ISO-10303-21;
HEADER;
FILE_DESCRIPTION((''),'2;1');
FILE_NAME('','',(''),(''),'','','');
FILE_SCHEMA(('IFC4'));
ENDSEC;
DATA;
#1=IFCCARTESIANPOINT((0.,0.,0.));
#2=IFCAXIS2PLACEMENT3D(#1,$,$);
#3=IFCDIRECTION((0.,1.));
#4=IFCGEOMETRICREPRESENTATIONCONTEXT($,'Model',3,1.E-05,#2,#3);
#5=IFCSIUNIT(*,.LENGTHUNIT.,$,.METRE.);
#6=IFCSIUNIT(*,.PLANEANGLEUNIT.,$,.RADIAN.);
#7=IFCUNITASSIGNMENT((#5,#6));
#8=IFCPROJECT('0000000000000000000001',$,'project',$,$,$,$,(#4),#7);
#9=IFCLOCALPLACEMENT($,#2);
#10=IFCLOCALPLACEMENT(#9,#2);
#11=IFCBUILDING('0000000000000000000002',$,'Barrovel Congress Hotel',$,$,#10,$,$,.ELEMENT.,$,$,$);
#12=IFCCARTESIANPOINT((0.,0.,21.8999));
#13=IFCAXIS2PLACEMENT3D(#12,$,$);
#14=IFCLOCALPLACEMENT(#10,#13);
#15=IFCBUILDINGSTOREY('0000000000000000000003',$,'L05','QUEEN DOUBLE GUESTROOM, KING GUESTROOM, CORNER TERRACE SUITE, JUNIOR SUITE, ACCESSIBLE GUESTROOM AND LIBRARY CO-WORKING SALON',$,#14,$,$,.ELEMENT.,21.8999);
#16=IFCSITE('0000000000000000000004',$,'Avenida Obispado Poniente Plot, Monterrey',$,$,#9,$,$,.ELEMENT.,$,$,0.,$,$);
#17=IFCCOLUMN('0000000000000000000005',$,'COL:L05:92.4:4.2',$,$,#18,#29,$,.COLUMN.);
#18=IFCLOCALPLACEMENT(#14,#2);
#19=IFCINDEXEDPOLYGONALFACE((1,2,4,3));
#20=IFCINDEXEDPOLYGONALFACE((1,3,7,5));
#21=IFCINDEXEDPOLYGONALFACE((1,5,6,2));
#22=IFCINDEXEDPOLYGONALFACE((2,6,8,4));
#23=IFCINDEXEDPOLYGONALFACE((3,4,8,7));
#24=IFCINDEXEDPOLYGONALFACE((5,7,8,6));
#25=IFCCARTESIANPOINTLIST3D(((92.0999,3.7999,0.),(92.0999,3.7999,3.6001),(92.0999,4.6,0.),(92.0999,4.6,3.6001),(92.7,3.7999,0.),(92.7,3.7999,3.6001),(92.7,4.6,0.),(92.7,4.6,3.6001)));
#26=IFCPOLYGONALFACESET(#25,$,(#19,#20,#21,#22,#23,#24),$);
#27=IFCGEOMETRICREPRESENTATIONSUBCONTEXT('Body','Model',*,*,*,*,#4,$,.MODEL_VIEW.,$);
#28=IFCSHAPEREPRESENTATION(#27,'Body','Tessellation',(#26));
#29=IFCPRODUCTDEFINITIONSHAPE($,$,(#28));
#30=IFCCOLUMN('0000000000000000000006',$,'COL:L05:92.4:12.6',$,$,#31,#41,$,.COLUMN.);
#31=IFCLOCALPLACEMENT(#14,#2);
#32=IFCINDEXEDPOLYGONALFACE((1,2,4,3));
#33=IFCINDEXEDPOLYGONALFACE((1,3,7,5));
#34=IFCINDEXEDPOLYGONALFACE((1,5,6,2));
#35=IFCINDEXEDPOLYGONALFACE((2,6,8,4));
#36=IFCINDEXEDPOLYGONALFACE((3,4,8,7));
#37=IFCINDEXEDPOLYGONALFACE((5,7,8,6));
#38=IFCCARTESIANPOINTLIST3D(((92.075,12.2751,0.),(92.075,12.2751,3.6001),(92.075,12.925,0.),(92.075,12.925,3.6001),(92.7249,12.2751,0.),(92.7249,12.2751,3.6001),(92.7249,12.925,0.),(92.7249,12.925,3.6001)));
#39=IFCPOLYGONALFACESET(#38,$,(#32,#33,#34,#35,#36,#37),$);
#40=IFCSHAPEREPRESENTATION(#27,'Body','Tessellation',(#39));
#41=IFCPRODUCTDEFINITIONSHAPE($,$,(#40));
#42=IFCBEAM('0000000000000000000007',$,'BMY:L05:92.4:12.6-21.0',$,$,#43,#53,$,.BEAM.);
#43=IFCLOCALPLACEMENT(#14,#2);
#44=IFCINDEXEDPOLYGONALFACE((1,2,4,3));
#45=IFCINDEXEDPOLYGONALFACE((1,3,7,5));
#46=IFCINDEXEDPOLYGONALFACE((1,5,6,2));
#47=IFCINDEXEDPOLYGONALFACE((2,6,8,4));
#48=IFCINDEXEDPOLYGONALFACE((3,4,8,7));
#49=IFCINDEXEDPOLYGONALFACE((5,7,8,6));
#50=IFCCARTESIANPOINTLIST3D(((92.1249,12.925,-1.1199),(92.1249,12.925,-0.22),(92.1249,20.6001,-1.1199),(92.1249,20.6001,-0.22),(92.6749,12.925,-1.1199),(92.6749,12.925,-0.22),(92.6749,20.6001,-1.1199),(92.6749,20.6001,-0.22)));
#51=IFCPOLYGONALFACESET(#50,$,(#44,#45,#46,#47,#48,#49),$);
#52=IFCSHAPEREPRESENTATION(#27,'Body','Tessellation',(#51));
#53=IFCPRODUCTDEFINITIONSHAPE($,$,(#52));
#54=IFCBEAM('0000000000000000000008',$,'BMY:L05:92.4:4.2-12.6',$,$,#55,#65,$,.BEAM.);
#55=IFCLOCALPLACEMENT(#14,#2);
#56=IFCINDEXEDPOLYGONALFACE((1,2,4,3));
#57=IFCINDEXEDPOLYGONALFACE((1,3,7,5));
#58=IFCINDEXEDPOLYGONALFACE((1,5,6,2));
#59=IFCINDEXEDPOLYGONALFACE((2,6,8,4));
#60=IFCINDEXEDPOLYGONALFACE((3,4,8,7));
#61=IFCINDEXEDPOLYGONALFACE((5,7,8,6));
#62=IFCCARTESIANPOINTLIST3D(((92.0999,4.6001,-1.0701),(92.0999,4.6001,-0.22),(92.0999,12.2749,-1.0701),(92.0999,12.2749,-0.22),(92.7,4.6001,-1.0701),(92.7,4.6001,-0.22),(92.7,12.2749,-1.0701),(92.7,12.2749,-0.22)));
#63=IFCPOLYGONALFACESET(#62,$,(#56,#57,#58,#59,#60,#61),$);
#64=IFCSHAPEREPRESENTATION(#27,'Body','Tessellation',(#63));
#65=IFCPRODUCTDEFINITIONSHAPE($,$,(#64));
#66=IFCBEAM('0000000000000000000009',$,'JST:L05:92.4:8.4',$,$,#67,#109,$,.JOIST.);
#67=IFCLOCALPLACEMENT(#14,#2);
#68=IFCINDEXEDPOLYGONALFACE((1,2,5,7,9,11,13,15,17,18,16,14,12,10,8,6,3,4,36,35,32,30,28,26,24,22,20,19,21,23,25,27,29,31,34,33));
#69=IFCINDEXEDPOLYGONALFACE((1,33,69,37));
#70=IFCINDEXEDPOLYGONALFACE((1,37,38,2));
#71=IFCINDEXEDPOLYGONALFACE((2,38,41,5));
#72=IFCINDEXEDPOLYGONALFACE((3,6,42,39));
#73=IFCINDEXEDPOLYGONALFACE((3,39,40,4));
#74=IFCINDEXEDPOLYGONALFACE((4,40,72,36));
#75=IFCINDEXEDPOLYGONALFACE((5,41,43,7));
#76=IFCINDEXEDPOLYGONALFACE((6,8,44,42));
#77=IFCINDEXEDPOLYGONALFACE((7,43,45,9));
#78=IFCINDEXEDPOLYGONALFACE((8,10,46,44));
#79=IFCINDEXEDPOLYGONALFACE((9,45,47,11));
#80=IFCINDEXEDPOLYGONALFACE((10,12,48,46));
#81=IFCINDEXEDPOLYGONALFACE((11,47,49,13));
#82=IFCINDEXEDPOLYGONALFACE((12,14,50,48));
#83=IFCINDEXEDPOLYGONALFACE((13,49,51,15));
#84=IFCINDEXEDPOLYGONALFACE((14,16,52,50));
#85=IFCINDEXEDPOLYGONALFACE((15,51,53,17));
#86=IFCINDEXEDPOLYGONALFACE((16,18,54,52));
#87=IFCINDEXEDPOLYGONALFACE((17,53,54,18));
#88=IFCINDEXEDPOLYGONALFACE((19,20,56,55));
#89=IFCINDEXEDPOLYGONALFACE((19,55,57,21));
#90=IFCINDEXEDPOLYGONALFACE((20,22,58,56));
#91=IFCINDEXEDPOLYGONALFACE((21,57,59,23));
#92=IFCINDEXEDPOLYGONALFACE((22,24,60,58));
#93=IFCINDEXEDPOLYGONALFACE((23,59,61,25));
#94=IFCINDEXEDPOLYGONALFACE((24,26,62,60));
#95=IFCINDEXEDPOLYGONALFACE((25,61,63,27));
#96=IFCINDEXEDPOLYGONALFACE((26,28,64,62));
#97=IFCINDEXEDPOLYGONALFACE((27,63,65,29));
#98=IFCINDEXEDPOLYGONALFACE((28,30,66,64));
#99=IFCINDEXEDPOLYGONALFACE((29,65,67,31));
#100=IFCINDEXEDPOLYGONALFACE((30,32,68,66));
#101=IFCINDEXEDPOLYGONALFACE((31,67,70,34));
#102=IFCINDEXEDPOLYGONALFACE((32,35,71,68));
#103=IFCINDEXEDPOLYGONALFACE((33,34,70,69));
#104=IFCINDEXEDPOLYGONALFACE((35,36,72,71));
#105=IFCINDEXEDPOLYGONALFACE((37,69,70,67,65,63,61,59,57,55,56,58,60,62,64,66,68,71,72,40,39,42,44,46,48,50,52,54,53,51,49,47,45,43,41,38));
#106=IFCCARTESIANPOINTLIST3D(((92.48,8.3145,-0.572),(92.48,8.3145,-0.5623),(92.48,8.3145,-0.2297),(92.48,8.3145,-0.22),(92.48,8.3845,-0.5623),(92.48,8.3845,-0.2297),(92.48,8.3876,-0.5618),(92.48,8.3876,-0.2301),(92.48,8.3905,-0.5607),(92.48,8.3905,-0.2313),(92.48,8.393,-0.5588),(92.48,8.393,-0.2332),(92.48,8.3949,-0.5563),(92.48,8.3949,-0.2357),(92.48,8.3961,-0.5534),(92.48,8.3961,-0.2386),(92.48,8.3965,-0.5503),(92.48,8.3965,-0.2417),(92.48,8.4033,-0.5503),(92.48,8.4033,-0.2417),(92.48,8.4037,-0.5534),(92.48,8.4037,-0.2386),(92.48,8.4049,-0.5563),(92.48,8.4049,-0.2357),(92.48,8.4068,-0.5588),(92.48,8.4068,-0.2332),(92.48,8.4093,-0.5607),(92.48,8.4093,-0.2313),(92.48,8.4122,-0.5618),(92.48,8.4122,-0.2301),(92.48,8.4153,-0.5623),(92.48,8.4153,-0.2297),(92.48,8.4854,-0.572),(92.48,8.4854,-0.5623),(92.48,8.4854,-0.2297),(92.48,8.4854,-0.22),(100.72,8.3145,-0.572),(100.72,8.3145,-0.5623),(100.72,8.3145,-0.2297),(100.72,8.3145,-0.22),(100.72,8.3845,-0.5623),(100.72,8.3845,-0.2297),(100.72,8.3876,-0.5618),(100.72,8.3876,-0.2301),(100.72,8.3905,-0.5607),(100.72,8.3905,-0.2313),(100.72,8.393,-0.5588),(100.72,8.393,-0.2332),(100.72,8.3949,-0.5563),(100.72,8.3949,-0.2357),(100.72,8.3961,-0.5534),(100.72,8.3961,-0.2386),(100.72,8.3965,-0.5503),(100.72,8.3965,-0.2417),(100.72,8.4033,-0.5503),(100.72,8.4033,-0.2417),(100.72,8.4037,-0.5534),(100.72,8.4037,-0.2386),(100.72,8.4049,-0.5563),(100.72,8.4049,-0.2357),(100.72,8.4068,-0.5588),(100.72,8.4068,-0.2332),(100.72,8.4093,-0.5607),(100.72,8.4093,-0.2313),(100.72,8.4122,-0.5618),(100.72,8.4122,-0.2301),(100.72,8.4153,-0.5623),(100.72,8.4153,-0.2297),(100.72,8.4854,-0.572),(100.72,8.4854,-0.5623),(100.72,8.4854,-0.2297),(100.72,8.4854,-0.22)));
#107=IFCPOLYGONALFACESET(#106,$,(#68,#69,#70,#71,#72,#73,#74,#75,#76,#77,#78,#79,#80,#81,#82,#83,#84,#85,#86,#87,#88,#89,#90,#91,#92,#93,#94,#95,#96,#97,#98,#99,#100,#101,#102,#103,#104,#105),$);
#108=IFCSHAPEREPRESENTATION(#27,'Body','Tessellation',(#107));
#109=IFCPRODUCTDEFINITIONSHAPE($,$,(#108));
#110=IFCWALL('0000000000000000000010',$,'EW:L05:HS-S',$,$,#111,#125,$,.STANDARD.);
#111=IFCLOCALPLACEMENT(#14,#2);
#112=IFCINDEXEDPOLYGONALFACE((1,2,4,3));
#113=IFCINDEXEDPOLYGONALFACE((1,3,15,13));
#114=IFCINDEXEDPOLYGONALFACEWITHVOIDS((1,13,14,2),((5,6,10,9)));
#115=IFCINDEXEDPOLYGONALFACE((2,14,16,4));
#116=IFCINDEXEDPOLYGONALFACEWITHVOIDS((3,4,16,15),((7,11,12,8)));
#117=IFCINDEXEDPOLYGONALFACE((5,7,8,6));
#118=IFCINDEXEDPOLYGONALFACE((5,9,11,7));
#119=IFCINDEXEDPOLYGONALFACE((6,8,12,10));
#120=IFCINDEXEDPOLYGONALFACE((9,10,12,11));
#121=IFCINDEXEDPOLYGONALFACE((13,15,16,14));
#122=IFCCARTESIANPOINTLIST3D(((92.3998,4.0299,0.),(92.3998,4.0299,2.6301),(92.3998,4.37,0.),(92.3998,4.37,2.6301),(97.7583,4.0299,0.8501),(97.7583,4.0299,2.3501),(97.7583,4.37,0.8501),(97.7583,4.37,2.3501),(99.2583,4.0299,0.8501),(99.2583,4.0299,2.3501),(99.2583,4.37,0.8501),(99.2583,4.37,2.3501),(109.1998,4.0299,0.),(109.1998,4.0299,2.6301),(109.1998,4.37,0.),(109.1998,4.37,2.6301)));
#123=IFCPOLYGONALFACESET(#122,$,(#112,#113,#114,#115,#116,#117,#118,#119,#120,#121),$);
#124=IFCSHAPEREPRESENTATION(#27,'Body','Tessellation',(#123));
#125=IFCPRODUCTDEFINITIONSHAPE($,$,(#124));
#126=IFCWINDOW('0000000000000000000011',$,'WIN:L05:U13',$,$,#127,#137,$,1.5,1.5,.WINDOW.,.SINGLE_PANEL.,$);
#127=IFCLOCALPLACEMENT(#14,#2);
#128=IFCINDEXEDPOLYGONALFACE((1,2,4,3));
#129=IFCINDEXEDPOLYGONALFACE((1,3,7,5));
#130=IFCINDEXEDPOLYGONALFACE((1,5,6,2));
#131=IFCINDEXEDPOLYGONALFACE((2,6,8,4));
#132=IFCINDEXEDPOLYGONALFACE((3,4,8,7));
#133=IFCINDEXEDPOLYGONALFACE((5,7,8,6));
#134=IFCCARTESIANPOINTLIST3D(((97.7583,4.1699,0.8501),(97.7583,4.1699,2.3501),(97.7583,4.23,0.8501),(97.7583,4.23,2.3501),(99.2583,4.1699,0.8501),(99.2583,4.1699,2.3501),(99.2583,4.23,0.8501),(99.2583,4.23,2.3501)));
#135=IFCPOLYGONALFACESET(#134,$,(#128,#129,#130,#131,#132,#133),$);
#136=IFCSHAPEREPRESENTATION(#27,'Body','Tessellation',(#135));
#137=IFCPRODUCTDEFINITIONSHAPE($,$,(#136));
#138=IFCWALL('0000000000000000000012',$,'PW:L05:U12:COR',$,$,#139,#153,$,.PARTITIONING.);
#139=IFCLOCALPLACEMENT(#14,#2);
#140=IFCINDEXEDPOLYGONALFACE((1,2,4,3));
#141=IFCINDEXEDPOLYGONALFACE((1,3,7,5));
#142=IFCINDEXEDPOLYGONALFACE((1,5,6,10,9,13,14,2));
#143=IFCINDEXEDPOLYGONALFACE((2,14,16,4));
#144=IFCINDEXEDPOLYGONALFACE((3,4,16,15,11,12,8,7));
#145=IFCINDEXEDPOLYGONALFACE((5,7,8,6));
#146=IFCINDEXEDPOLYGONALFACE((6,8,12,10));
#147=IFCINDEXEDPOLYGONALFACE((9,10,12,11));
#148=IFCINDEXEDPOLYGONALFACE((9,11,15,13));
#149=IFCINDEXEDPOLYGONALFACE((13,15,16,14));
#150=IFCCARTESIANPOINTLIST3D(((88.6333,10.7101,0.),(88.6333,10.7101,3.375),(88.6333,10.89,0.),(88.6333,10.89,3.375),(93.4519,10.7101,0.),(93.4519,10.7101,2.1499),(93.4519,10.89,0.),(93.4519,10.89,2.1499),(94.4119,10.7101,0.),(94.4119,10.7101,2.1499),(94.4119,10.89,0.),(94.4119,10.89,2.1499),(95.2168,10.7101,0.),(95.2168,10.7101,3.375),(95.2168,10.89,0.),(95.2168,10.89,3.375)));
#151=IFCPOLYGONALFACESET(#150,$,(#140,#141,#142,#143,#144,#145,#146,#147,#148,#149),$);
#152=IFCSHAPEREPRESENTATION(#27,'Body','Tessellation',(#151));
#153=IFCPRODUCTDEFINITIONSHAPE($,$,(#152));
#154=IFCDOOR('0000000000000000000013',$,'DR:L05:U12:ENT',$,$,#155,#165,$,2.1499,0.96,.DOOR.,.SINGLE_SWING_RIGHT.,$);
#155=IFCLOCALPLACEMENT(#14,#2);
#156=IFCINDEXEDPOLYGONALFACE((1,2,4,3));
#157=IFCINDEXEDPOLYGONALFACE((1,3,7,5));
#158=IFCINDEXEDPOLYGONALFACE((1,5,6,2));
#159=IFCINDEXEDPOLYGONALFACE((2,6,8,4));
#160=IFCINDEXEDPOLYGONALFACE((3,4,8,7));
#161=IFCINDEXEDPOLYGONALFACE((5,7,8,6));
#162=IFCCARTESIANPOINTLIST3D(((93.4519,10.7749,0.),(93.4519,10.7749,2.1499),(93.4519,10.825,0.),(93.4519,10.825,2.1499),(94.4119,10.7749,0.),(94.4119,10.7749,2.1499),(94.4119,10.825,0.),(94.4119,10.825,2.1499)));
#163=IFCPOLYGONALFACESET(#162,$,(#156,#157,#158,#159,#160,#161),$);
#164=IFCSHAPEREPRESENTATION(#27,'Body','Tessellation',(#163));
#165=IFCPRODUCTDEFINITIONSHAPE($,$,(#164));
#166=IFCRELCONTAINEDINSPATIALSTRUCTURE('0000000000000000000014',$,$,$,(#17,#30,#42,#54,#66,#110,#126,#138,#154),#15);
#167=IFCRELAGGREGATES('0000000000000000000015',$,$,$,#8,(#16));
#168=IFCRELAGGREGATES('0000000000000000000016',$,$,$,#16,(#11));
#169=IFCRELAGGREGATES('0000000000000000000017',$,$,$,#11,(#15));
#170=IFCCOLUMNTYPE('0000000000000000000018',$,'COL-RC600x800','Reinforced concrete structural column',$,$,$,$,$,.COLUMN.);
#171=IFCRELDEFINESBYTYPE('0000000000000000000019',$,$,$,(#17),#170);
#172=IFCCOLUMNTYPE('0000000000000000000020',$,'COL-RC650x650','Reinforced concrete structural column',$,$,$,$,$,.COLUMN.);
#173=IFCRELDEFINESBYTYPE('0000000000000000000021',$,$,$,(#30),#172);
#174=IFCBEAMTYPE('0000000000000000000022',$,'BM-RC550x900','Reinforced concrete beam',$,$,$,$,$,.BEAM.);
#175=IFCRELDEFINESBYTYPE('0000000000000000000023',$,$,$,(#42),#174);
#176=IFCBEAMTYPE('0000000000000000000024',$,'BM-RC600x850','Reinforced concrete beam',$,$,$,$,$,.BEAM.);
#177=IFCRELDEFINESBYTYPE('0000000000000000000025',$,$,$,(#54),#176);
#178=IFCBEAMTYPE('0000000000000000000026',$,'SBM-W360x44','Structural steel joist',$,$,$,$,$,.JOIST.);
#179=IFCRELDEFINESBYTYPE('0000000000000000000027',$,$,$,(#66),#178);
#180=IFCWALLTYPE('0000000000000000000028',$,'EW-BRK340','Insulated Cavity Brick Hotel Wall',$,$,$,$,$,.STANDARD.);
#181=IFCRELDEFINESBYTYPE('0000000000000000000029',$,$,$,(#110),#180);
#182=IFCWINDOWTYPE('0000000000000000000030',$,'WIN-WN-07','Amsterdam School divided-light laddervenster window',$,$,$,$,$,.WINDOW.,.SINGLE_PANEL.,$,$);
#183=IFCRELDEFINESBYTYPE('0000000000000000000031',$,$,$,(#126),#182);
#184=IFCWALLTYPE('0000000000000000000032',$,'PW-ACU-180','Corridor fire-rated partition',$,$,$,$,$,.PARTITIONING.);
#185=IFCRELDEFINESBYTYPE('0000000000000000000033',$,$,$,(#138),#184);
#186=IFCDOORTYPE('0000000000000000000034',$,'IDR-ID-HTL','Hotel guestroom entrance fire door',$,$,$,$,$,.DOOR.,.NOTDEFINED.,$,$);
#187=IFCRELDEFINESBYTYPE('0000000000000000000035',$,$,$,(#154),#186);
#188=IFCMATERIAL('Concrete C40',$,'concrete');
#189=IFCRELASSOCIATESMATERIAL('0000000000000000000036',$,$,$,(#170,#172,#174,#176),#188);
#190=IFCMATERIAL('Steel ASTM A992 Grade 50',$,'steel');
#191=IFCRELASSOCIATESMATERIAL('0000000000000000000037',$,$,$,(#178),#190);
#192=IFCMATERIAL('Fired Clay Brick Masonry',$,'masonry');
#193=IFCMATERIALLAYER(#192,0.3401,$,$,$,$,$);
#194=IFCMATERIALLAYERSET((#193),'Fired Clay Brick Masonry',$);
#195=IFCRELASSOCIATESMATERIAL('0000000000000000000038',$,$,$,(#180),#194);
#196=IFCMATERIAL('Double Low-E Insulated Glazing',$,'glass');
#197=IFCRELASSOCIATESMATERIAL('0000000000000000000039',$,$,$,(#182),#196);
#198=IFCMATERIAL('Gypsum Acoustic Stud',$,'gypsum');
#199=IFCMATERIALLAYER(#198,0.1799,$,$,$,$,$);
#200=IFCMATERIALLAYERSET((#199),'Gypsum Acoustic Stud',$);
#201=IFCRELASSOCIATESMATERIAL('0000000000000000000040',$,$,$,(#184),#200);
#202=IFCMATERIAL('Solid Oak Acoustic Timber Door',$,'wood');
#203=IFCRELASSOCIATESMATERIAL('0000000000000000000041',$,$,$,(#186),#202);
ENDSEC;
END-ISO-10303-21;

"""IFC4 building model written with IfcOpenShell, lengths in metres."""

from ifc_helpers import new_model, si_unit, direction, frame, frame_2d, origin, origin_2d, place, context, subcontext, project, spatial, rectangle, i_section, extrude, material, layer, layer_set, material_profile, profile_set, type_object, element, fill, save


model = new_model("IFC4")

# Units and contexts
model_context = context("Model", 3, precision=1e-05, world=origin(), true_north=direction((0.0, 1.0)))
body_context = subcontext(model_context, "Body", "Model", "MODEL_VIEW")
ifc_project = project(units=[si_unit("LENGTHUNIT", "METRE"), si_unit("PLANEANGLEUNIT", "RADIAN")], contexts=[model_context])

# Site, building, storey
site_placement = place(None, origin())
site = spatial("IfcSite", under=ifc_project, at=site_placement, Name="Avenida Obispado Poniente Plot, Monterrey", CompositionType="ELEMENT", RefElevation=0.0)
building_placement = place(site_placement, origin())
building = spatial("IfcBuilding", under=site, at=building_placement, Name="Barrovel Congress Hotel", CompositionType="ELEMENT")
storey_placement = place(building_placement, frame((0.0, 0.0, 21.8999)))
storey = spatial("IfcBuildingStorey", under=building, at=storey_placement, Name="L05", Description="QUEEN DOUBLE GUESTROOM, KING GUESTROOM, CORNER TERRACE SUITE, JUNIOR SUITE, ACCESSIBLE GUESTROOM AND LIBRARY CO-WORKING SALON", CompositionType="ELEMENT", Elevation=21.8999)

# Columns
ifc_material_1 = material(Name="Concrete C40", Category="concrete")
ifc_material_profile_1 = material_profile(ifc_material_1, rectangle(XDim=0.6001, YDim=0.8, at=origin_2d()), Name="RC600x800")
ifc_profile_set_1 = profile_set([ifc_material_profile_1], Name="Concrete C40")
column_type_1 = type_object("IfcColumnType", Name="COL-RC600x800", Description="Reinforced concrete structural column", PredefinedType="COLUMN", material=ifc_profile_set_1)
column_1_placement = place(storey_placement, frame((92.3999, 4.2, 0.0), z_axis=(0.0, 0.0, 1.0), x_axis=(1.0, 0.0, 0.0)))
element("IfcColumn", 1, at=column_1_placement, inside=storey, type_object=column_type_1, Name="COL:L05:92.4:4.2", PredefinedType="COLUMN", context=body_context, shape_type="SweptSolid", body=[
    extrude(rectangle(XDim=0.6001, YDim=0.8, at=origin_2d()), origin(), (0.0, 0.0, 1.0), 3.6001),
])
ifc_material_profile_2 = material_profile(ifc_material_1, rectangle(XDim=0.6499, YDim=0.6499, at=origin_2d()), Name="RC650x650")
ifc_profile_set_2 = profile_set([ifc_material_profile_2], Name="Concrete C40")
column_type_2 = type_object("IfcColumnType", Name="COL-RC650x650", Description="Reinforced concrete structural column", PredefinedType="COLUMN", material=ifc_profile_set_2)
column_2_placement = place(storey_placement, frame((92.3999, 12.6001, 0.0), z_axis=(0.0, 0.0, 1.0), x_axis=(1.0, 0.0, 0.0)))
element("IfcColumn", 2, at=column_2_placement, inside=storey, type_object=column_type_2, Name="COL:L05:92.4:12.6", PredefinedType="COLUMN", context=body_context, shape_type="SweptSolid", body=[
    extrude(rectangle(XDim=0.6499, YDim=0.6499, at=origin_2d()), origin(), (0.0, 0.0, 1.0), 3.6001),
])

# Beams
ifc_material_profile_3 = material_profile(ifc_material_1, rectangle(XDim=0.55, YDim=0.8999, at=origin_2d()), Name="RC550x900")
ifc_profile_set_3 = profile_set([ifc_material_profile_3], Name="Concrete C40")
beam_type_1 = type_object("IfcBeamType", Name="BM-RC550x900", Description="Reinforced concrete beam", PredefinedType="BEAM", material=ifc_profile_set_3)
beam_1_placement = place(storey_placement, frame((92.3999, 12.925, -0.6699), z_axis=(0.0, 1.0, 0.0), x_axis=(-1.0, 0.0, 0.0)))
element("IfcBeam", 3, at=beam_1_placement, inside=storey, type_object=beam_type_1, Name="BMY:L05:92.4:12.6-21.0", PredefinedType="BEAM", context=body_context, shape_type="SweptSolid", body=[
    extrude(rectangle(XDim=0.55, YDim=0.8999, at=origin_2d()), origin(), (0.0, 0.0, 1.0), 7.675),
])
ifc_material_profile_4 = material_profile(ifc_material_1, rectangle(XDim=0.6001, YDim=0.8501, at=origin_2d()), Name="RC600x850")
ifc_profile_set_4 = profile_set([ifc_material_profile_4], Name="Concrete C40")
beam_type_2 = type_object("IfcBeamType", Name="BM-RC600x850", Description="Reinforced concrete beam", PredefinedType="BEAM", material=ifc_profile_set_4)
beam_2_placement = place(storey_placement, frame((92.3999, 4.6001, -0.645), z_axis=(0.0, 1.0, 0.0), x_axis=(-1.0, 0.0, 0.0)))
element("IfcBeam", 4, at=beam_2_placement, inside=storey, type_object=beam_type_2, Name="BMY:L05:92.4:4.2-12.6", PredefinedType="BEAM", context=body_context, shape_type="SweptSolid", body=[
    extrude(rectangle(XDim=0.6001, YDim=0.8501, at=origin_2d()), origin(), (0.0, 0.0, 1.0), 7.6748),
])
ifc_material_2 = material(Name="Steel ASTM A992 Grade 50", Category="steel")
ifc_material_profile_5 = material_profile(ifc_material_2, i_section(OverallWidth=0.1709, OverallDepth=0.3521, WebThickness=0.0068, FlangeThickness=0.0098, FilletRadius=0.012, at=origin_2d()), Name="W360x44")
ifc_profile_set_5 = profile_set([ifc_material_profile_5], Name="Steel ASTM A992 Grade 50")
beam_type_3 = type_object("IfcBeamType", Name="SBM-W360x44", Description="Structural steel joist", PredefinedType="JOIST", material=ifc_profile_set_5)
beam_3_placement = place(storey_placement, frame((92.48, 8.3999, -0.396), z_axis=(1.0, 0.0, 0.0), x_axis=(0.0, 1.0, 0.0)))
element("IfcBeam", 5, at=beam_3_placement, inside=storey, type_object=beam_type_3, Name="JST:L05:92.4:8.4", PredefinedType="JOIST", context=body_context, shape_type="SweptSolid", body=[
    extrude(i_section(OverallWidth=0.1709, OverallDepth=0.3521, WebThickness=0.0068, FlangeThickness=0.0098, FilletRadius=0.012, at=origin_2d()), origin(), (0.0, 0.0, 1.0), 8.24),
])

# Wall, opening, window
ifc_material_3 = material(Name="Fired Clay Brick Masonry", Category="masonry")
ifc_layer_1 = layer(ifc_material_3, 0.3401)
ifc_layer_set_1 = layer_set([ifc_layer_1], Name="Fired Clay Brick Masonry")
wall_type_1 = type_object("IfcWallType", Name="EW-BRK340", Description="Insulated Cavity Brick Hotel Wall", PredefinedType="STANDARD", material=ifc_layer_set_1)
wall_1_placement = place(storey_placement, frame((92.3999, 4.2, 0.0), z_axis=(0.0, 0.0, 1.0), x_axis=(1.0, 0.0, 0.0)))
wall_1 = element("IfcWall", 6, at=wall_1_placement, inside=storey, type_object=wall_type_1, Name="EW:L05:HS-S", PredefinedType="STANDARD", context=body_context, shape_type="SweptSolid", body=[
    extrude(rectangle(XDim=16.8, YDim=0.3401, at=frame_2d((8.3999, 0.0))), origin(), (0.0, 0.0, 1.0), 2.6301),
])
opening_1_placement = place(wall_1_placement, frame((5.3584, 0.0, 0.8501)))
opening_1 = element("IfcOpeningElement", 7, at=opening_1_placement, cuts=wall_1, PredefinedType="OPENING", context=body_context, shape_type="SweptSolid", body=[
    extrude(rectangle(XDim=1.5, YDim=1.5, at=frame_2d((0.75, 0.75))), frame((0.0, 0.1802, 0.0), z_axis=(0.0, -1.0, 0.0), x_axis=(1.0, 0.0, 0.0)), (0.0, 0.0, 1.0), 0.3601),
])
ifc_material_4 = material(Name="Double Low-E Insulated Glazing", Category="glass")
window_type = type_object("IfcWindowType", Name="WIN-WN-07", Description="Amsterdam School divided-light laddervenster window", PartitioningType="SINGLE_PANEL", PredefinedType="WINDOW", material=ifc_material_4)
window_placement = place(opening_1_placement, origin())
window = element("IfcWindow", 8, at=window_placement, inside=storey, type_object=window_type, Name="WIN:L05:U13", OverallHeight=1.5, OverallWidth=1.5, PartitioningType="SINGLE_PANEL", PredefinedType="WINDOW", context=body_context, shape_type="SweptSolid", body=[
    extrude(rectangle(XDim=1.5, YDim=1.5, at=frame_2d((0.75, 0.75))), frame((0.0, 0.03, 0.0), z_axis=(0.0, -1.0, 0.0), x_axis=(1.0, 0.0, 0.0)), (0.0, 0.0, 1.0), 0.0601),
])
fill(opening_1, window)

# Wall, opening, door
ifc_material_5 = material(Name="Gypsum Acoustic Stud", Category="gypsum")
ifc_layer_2 = layer(ifc_material_5, 0.1799)
ifc_layer_set_2 = layer_set([ifc_layer_2], Name="Gypsum Acoustic Stud")
wall_type_2 = type_object("IfcWallType", Name="PW-ACU-180", Description="Corridor fire-rated partition", PredefinedType="PARTITIONING", material=ifc_layer_set_2)
wall_2_placement = place(storey_placement, frame((88.6333, 10.8, 0.0), z_axis=(0.0, 0.0, 1.0), x_axis=(1.0, 0.0, 0.0)))
wall_2 = element("IfcWall", 9, at=wall_2_placement, inside=storey, type_object=wall_type_2, Name="PW:L05:U12:COR", PredefinedType="PARTITIONING", context=body_context, shape_type="SweptSolid", body=[
    extrude(rectangle(XDim=6.5835, YDim=0.1799, at=frame_2d((3.2917, 0.0))), origin(), (0.0, 0.0, 1.0), 3.375),
])
opening_2_placement = place(wall_2_placement, frame((4.8186, 0.0, 0.0)))
opening_2 = element("IfcOpeningElement", 10, at=opening_2_placement, cuts=wall_2, PredefinedType="OPENING", context=body_context, shape_type="SweptSolid", body=[
    extrude(rectangle(XDim=0.96, YDim=2.1499, at=frame_2d((0.48, 1.075))), frame((0.0, 0.1001, 0.0), z_axis=(0.0, -1.0, 0.0), x_axis=(1.0, 0.0, 0.0)), (0.0, 0.0, 1.0), 0.2),
])
ifc_material_6 = material(Name="Solid Oak Acoustic Timber Door", Category="wood")
door_type_1 = type_object("IfcDoorType", Name="IDR-ID-HTL", Description="Hotel guestroom entrance fire door", OperationType="NOTDEFINED", PredefinedType="DOOR", material=ifc_material_6)
door_1_placement = place(opening_2_placement, origin())
door_1 = element("IfcDoor", 11, at=door_1_placement, inside=storey, type_object=door_type_1, Name="DR:L05:U12:ENT", OperationType="SINGLE_SWING_RIGHT", OverallHeight=2.1499, OverallWidth=0.96, PredefinedType="DOOR", context=body_context, shape_type="SweptSolid", body=[
    extrude(rectangle(XDim=0.96, YDim=2.1499, at=frame_2d((0.48, 1.075))), frame((0.0, 0.0249, 0.0), z_axis=(0.0, -1.0, 0.0), x_axis=(1.0, 0.0, 0.0)), (0.0, 0.0, 1.0), 0.05),
])
fill(opening_2, door_1)

save(model, "model.ifc")
